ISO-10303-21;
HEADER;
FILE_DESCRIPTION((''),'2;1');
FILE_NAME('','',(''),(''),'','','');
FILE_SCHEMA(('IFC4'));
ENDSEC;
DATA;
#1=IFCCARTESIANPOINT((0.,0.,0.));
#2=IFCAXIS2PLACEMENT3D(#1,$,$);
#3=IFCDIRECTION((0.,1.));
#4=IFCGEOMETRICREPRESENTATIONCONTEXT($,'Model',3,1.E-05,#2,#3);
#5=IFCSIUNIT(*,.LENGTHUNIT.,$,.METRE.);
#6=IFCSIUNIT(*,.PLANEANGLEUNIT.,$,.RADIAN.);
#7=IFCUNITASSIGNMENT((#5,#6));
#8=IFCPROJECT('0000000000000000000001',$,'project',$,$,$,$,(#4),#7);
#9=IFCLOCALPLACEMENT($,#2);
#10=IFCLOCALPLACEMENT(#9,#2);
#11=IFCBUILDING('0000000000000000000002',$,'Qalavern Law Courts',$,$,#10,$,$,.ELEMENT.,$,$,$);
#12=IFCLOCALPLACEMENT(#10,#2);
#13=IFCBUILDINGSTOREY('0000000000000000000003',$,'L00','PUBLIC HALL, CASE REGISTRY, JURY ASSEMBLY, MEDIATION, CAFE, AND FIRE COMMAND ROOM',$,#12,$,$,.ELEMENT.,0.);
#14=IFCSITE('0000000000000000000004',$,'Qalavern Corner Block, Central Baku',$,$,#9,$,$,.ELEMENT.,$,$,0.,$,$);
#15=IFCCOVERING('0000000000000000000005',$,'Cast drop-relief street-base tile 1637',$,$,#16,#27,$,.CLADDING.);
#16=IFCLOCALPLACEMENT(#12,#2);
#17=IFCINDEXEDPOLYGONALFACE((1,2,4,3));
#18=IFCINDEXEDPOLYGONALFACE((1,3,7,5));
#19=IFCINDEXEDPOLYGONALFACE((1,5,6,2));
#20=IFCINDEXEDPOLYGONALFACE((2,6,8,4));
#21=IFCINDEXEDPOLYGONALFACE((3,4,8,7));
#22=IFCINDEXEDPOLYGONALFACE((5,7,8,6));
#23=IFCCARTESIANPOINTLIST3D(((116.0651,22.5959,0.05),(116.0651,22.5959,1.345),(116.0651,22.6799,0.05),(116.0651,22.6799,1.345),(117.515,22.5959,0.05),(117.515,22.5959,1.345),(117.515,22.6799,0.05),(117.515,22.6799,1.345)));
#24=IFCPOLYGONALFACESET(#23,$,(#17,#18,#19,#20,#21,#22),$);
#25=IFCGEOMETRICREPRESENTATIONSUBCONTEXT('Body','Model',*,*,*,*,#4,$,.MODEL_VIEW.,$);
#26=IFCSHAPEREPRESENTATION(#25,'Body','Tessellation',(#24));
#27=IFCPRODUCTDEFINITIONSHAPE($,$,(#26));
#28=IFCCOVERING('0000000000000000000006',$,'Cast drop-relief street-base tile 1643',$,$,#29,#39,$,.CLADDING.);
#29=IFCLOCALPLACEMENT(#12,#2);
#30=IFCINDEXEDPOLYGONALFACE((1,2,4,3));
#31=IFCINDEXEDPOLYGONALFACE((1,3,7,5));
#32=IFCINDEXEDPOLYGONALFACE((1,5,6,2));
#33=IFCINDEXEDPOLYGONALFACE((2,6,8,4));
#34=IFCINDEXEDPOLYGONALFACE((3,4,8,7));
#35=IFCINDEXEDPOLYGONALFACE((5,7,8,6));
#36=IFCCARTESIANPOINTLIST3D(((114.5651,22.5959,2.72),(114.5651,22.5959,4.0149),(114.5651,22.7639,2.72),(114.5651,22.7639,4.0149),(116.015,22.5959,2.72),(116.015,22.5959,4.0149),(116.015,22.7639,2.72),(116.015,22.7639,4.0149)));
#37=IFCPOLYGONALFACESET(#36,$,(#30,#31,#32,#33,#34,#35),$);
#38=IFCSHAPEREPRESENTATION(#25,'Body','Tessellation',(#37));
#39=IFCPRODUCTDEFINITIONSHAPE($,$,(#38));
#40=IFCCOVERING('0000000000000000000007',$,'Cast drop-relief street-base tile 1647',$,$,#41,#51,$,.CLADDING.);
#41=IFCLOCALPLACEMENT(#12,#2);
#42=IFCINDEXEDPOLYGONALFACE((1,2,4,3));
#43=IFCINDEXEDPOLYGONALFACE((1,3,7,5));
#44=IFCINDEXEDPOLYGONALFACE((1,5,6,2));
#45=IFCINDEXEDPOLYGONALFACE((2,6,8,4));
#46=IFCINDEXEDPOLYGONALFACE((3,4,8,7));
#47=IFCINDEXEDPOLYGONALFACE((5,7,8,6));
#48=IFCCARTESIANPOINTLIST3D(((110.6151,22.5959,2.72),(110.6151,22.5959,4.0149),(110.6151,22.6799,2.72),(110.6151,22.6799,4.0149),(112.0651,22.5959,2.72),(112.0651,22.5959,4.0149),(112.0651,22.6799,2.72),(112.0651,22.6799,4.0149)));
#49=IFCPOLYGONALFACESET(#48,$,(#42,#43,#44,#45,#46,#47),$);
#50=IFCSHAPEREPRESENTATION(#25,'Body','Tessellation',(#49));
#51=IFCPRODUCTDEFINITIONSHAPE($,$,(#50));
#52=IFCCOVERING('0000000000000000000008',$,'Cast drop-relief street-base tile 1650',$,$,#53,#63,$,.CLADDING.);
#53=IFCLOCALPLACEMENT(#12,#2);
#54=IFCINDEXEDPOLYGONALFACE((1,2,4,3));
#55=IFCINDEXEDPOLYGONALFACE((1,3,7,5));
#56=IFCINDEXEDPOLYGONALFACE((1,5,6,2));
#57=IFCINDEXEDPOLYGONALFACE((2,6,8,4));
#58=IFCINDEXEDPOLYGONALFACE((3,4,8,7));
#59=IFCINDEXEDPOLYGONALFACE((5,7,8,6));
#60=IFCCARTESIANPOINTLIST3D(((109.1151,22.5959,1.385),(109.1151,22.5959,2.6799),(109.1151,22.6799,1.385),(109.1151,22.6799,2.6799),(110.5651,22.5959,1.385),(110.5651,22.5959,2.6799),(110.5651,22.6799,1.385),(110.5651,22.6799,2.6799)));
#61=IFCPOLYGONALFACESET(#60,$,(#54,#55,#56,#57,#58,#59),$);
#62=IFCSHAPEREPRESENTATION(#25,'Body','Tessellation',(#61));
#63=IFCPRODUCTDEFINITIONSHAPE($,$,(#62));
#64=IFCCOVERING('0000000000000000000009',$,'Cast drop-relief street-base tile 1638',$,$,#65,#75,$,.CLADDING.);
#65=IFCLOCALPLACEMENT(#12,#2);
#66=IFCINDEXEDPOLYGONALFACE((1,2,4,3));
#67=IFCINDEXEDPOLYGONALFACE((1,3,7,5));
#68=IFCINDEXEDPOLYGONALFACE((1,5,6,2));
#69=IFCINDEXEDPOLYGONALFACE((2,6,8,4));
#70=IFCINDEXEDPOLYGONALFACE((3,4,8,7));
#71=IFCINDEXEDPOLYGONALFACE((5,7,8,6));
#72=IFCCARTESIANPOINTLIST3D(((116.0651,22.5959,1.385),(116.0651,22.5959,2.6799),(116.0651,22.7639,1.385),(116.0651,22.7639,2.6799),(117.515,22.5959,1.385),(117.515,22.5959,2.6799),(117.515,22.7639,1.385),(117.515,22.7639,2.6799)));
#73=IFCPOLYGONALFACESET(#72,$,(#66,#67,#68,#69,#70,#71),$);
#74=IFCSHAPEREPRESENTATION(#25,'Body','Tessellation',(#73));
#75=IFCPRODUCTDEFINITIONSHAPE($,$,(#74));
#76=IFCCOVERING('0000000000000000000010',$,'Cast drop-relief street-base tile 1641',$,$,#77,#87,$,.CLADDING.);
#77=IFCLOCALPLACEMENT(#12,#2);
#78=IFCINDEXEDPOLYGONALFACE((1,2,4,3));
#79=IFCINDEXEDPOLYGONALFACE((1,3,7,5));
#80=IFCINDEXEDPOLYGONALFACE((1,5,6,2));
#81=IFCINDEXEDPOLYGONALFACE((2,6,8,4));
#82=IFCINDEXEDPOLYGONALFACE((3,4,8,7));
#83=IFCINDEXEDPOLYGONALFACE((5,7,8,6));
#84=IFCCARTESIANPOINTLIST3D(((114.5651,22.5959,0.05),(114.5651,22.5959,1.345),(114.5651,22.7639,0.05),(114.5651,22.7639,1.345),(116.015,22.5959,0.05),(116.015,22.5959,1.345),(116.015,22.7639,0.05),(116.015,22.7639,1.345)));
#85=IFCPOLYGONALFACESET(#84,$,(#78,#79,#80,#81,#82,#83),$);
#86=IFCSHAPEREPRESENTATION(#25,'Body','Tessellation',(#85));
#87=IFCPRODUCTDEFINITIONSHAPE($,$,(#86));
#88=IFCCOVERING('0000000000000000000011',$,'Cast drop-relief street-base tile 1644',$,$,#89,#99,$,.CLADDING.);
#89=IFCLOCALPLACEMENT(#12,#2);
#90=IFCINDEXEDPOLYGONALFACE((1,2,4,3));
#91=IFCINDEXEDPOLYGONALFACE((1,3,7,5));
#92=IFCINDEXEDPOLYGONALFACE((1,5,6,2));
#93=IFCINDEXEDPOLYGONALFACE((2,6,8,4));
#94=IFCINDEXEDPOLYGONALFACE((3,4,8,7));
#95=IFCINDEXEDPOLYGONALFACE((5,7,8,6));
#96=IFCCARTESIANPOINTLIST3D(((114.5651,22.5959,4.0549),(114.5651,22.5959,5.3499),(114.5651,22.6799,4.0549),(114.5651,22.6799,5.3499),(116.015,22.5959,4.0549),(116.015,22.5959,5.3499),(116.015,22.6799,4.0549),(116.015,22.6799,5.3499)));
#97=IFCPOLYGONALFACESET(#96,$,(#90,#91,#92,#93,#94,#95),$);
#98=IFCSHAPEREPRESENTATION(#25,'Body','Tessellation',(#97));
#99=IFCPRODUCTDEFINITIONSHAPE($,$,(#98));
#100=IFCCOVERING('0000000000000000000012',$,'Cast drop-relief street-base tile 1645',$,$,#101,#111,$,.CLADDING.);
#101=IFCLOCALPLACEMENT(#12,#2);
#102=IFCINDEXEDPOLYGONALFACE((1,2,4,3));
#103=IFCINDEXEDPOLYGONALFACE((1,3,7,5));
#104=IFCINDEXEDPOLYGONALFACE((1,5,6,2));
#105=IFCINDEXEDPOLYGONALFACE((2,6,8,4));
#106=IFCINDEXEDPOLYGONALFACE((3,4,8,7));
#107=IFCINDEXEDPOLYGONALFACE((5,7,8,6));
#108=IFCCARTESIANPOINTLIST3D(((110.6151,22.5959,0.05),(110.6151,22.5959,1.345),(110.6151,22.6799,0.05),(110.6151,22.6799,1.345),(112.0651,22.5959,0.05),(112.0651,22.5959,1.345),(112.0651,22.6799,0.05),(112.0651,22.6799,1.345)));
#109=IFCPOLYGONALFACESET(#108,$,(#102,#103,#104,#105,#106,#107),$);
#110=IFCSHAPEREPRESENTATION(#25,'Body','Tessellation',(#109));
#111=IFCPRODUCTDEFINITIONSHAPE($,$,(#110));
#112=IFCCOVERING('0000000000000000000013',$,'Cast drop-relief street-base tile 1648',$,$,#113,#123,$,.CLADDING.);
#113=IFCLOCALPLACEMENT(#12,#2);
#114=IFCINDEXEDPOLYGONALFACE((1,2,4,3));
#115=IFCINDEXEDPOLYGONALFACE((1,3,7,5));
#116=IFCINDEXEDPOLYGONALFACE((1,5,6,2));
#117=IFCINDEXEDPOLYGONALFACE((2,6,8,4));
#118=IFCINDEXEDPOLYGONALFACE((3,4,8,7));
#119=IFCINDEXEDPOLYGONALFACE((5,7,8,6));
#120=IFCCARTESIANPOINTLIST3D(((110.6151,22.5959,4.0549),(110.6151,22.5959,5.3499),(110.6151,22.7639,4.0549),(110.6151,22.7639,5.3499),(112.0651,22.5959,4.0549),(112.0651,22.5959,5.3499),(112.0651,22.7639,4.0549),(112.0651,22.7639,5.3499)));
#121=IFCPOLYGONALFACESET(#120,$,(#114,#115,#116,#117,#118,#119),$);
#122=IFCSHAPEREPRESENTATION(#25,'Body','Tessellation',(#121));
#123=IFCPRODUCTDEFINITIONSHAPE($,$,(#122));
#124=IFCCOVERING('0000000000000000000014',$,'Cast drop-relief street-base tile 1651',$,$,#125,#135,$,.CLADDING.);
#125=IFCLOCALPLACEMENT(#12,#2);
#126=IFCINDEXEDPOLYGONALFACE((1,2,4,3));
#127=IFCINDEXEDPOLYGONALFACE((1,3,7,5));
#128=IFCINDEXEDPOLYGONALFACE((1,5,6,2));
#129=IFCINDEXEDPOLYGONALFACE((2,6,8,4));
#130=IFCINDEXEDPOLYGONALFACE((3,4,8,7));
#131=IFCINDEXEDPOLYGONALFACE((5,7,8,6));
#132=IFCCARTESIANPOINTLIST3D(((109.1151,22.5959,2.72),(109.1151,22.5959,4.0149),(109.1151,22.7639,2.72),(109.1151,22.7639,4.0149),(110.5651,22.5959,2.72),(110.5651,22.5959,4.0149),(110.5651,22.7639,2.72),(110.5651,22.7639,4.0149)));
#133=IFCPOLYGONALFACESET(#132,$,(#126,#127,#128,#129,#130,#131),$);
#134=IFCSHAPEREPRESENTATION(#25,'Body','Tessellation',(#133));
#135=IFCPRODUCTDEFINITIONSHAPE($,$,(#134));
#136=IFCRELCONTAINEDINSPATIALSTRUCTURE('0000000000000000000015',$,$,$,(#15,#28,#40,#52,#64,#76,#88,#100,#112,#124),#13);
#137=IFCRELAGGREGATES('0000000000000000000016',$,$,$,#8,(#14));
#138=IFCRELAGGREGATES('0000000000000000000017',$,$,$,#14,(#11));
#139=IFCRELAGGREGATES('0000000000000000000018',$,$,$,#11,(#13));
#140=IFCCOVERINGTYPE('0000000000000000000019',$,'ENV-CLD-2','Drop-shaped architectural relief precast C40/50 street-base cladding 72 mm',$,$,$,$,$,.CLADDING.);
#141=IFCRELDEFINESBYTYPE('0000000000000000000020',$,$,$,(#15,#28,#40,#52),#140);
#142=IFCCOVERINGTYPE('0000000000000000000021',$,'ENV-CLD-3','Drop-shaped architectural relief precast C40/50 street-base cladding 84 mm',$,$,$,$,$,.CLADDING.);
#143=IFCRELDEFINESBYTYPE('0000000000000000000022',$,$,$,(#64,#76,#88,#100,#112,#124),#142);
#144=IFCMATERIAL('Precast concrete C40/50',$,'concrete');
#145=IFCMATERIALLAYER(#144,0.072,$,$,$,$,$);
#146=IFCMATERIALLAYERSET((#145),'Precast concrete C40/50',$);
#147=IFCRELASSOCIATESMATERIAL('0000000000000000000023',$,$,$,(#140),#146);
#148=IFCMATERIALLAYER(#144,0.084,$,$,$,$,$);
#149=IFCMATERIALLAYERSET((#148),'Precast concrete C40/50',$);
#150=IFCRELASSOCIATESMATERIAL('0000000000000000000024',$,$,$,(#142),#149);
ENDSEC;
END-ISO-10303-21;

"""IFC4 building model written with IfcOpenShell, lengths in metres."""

from ifc_helpers import new_model, si_unit, direction, frame, origin, origin_2d, place, context, subcontext, project, spatial, rectangle, extrude, material, layer, layer_set, type_object, element, save


model = new_model("IFC4")

# Units and contexts
model_context = context("Model", 3, precision=1e-05, world=origin(), true_north=direction((0.0, 1.0)))
body_context = subcontext(model_context, "Body", "Model", "MODEL_VIEW")
ifc_project = project(units=[si_unit("LENGTHUNIT", "METRE"), si_unit("PLANEANGLEUNIT", "RADIAN")], contexts=[model_context])

# Site, building, storey
site_placement = place(None, origin())
site = spatial("IfcSite", under=ifc_project, at=site_placement, Name="Qalavern Corner Block, Central Baku", CompositionType="ELEMENT", RefElevation=0.0)
building_placement = place(site_placement, origin())
building = spatial("IfcBuilding", under=site, at=building_placement, Name="Qalavern Law Courts", CompositionType="ELEMENT")
storey_placement = place(building_placement, origin())
storey = spatial("IfcBuildingStorey", under=building, at=storey_placement, Name="L00", Description="PUBLIC HALL, CASE REGISTRY, JURY ASSEMBLY, MEDIATION, CAFE, AND FIRE COMMAND ROOM", CompositionType="ELEMENT", Elevation=0.0)

# Coverings
ifc_material_1 = material(Name="Precast concrete C40/50", Category="concrete")
ifc_layer_1 = layer(ifc_material_1, 0.072)
ifc_layer_set_1 = layer_set([ifc_layer_1], Name="Precast concrete C40/50")
covering_type_1 = type_object("IfcCoveringType", Name="ENV-CLD-2", Description="Drop-shaped architectural relief precast C40/50 street-base cladding 72 mm", PredefinedType="CLADDING", material=ifc_layer_set_1)
covering_1_placement = place(storey_placement, frame((116.79, 22.6379, 0.05), z_axis=(0.0, 0.0, 1.0), x_axis=(-1.0, 0.0, 0.0)))
element("IfcCovering", 1, at=covering_1_placement, inside=storey, type_object=covering_type_1, Name="Cast drop-relief street-base tile 1637", PredefinedType="CLADDING", context=body_context, shape_type="SweptSolid", body=[
    extrude(rectangle(XDim=1.45, YDim=0.084, at=origin_2d()), origin(), (0.0, 0.0, 1.0), 1.2949),
])
covering_2_placement = place(storey_placement, frame((115.29, 22.6799, 2.72), z_axis=(0.0, 0.0, 1.0), x_axis=(-1.0, 0.0, 0.0)))
element("IfcCovering", 2, at=covering_2_placement, inside=storey, type_object=covering_type_1, Name="Cast drop-relief street-base tile 1643", PredefinedType="CLADDING", context=body_context, shape_type="SweptSolid", body=[
    extrude(rectangle(XDim=1.45, YDim=0.168, at=origin_2d()), origin(), (0.0, 0.0, 1.0), 1.2949),
])
for number, where, z_axis, x_axis, name in (
    (3, (111.3401, 22.6379, 2.72), (0.0, 0.0, 1.0), (-1.0, 0.0, 0.0), "Cast drop-relief street-base tile 1647"),
    (4, (109.8401, 22.6379, 1.385), (0.0, 0.0, 1.0), (-1.0, 0.0, 0.0), "Cast drop-relief street-base tile 1650"),
):
    element("IfcCovering", number, at=place(storey_placement, frame(where, z_axis=z_axis, x_axis=x_axis)), inside=storey, type_object=covering_type_1, Name=name, PredefinedType="CLADDING", context=body_context, shape_type="SweptSolid", body=[
        extrude(rectangle(XDim=1.45, YDim=0.084, at=origin_2d()), origin(), (0.0, 0.0, 1.0), 1.2949),
    ])
ifc_layer_2 = layer(ifc_material_1, 0.084)
ifc_layer_set_2 = layer_set([ifc_layer_2], Name="Precast concrete C40/50")
covering_type_2 = type_object("IfcCoveringType", Name="ENV-CLD-3", Description="Drop-shaped architectural relief precast C40/50 street-base cladding 84 mm", PredefinedType="CLADDING", material=ifc_layer_set_2)
for number, where, z_axis, x_axis, name in (
    (5, (116.79, 22.6799, 1.385), (0.0, 0.0, 1.0), (-1.0, 0.0, 0.0), "Cast drop-relief street-base tile 1638"),
    (6, (115.29, 22.6799, 0.05), (0.0, 0.0, 1.0), (-1.0, 0.0, 0.0), "Cast drop-relief street-base tile 1641"),
):
    element("IfcCovering", number, at=place(storey_placement, frame(where, z_axis=z_axis, x_axis=x_axis)), inside=storey, type_object=covering_type_2, Name=name, PredefinedType="CLADDING", context=body_context, shape_type="SweptSolid", body=[
        extrude(rectangle(XDim=1.45, YDim=0.168, at=origin_2d()), origin(), (0.0, 0.0, 1.0), 1.2949),
    ])
for number, where, z_axis, x_axis, name in (
    (7, (115.29, 22.6379, 4.0549), (0.0, 0.0, 1.0), (-1.0, 0.0, 0.0), "Cast drop-relief street-base tile 1644"),
    (8, (111.3401, 22.6379, 0.05), (0.0, 0.0, 1.0), (-1.0, 0.0, 0.0), "Cast drop-relief street-base tile 1645"),
):
    element("IfcCovering", number, at=place(storey_placement, frame(where, z_axis=z_axis, x_axis=x_axis)), inside=storey, type_object=covering_type_2, Name=name, PredefinedType="CLADDING", context=body_context, shape_type="SweptSolid", body=[
        extrude(rectangle(XDim=1.45, YDim=0.084, at=origin_2d()), origin(), (0.0, 0.0, 1.0), 1.2949),
    ])
for number, where, z_axis, x_axis, name in (
    (9, (111.3401, 22.6799, 4.0549), (0.0, 0.0, 1.0), (-1.0, 0.0, 0.0), "Cast drop-relief street-base tile 1648"),
    (10, (109.8401, 22.6799, 2.72), (0.0, 0.0, 1.0), (-1.0, 0.0, 0.0), "Cast drop-relief street-base tile 1651"),
):
    element("IfcCovering", number, at=place(storey_placement, frame(where, z_axis=z_axis, x_axis=x_axis)), inside=storey, type_object=covering_type_2, Name=name, PredefinedType="CLADDING", context=body_context, shape_type="SweptSolid", body=[
        extrude(rectangle(XDim=1.45, YDim=0.168, at=origin_2d()), origin(), (0.0, 0.0, 1.0), 1.2949),
    ])

save(model, "model.ifc")
